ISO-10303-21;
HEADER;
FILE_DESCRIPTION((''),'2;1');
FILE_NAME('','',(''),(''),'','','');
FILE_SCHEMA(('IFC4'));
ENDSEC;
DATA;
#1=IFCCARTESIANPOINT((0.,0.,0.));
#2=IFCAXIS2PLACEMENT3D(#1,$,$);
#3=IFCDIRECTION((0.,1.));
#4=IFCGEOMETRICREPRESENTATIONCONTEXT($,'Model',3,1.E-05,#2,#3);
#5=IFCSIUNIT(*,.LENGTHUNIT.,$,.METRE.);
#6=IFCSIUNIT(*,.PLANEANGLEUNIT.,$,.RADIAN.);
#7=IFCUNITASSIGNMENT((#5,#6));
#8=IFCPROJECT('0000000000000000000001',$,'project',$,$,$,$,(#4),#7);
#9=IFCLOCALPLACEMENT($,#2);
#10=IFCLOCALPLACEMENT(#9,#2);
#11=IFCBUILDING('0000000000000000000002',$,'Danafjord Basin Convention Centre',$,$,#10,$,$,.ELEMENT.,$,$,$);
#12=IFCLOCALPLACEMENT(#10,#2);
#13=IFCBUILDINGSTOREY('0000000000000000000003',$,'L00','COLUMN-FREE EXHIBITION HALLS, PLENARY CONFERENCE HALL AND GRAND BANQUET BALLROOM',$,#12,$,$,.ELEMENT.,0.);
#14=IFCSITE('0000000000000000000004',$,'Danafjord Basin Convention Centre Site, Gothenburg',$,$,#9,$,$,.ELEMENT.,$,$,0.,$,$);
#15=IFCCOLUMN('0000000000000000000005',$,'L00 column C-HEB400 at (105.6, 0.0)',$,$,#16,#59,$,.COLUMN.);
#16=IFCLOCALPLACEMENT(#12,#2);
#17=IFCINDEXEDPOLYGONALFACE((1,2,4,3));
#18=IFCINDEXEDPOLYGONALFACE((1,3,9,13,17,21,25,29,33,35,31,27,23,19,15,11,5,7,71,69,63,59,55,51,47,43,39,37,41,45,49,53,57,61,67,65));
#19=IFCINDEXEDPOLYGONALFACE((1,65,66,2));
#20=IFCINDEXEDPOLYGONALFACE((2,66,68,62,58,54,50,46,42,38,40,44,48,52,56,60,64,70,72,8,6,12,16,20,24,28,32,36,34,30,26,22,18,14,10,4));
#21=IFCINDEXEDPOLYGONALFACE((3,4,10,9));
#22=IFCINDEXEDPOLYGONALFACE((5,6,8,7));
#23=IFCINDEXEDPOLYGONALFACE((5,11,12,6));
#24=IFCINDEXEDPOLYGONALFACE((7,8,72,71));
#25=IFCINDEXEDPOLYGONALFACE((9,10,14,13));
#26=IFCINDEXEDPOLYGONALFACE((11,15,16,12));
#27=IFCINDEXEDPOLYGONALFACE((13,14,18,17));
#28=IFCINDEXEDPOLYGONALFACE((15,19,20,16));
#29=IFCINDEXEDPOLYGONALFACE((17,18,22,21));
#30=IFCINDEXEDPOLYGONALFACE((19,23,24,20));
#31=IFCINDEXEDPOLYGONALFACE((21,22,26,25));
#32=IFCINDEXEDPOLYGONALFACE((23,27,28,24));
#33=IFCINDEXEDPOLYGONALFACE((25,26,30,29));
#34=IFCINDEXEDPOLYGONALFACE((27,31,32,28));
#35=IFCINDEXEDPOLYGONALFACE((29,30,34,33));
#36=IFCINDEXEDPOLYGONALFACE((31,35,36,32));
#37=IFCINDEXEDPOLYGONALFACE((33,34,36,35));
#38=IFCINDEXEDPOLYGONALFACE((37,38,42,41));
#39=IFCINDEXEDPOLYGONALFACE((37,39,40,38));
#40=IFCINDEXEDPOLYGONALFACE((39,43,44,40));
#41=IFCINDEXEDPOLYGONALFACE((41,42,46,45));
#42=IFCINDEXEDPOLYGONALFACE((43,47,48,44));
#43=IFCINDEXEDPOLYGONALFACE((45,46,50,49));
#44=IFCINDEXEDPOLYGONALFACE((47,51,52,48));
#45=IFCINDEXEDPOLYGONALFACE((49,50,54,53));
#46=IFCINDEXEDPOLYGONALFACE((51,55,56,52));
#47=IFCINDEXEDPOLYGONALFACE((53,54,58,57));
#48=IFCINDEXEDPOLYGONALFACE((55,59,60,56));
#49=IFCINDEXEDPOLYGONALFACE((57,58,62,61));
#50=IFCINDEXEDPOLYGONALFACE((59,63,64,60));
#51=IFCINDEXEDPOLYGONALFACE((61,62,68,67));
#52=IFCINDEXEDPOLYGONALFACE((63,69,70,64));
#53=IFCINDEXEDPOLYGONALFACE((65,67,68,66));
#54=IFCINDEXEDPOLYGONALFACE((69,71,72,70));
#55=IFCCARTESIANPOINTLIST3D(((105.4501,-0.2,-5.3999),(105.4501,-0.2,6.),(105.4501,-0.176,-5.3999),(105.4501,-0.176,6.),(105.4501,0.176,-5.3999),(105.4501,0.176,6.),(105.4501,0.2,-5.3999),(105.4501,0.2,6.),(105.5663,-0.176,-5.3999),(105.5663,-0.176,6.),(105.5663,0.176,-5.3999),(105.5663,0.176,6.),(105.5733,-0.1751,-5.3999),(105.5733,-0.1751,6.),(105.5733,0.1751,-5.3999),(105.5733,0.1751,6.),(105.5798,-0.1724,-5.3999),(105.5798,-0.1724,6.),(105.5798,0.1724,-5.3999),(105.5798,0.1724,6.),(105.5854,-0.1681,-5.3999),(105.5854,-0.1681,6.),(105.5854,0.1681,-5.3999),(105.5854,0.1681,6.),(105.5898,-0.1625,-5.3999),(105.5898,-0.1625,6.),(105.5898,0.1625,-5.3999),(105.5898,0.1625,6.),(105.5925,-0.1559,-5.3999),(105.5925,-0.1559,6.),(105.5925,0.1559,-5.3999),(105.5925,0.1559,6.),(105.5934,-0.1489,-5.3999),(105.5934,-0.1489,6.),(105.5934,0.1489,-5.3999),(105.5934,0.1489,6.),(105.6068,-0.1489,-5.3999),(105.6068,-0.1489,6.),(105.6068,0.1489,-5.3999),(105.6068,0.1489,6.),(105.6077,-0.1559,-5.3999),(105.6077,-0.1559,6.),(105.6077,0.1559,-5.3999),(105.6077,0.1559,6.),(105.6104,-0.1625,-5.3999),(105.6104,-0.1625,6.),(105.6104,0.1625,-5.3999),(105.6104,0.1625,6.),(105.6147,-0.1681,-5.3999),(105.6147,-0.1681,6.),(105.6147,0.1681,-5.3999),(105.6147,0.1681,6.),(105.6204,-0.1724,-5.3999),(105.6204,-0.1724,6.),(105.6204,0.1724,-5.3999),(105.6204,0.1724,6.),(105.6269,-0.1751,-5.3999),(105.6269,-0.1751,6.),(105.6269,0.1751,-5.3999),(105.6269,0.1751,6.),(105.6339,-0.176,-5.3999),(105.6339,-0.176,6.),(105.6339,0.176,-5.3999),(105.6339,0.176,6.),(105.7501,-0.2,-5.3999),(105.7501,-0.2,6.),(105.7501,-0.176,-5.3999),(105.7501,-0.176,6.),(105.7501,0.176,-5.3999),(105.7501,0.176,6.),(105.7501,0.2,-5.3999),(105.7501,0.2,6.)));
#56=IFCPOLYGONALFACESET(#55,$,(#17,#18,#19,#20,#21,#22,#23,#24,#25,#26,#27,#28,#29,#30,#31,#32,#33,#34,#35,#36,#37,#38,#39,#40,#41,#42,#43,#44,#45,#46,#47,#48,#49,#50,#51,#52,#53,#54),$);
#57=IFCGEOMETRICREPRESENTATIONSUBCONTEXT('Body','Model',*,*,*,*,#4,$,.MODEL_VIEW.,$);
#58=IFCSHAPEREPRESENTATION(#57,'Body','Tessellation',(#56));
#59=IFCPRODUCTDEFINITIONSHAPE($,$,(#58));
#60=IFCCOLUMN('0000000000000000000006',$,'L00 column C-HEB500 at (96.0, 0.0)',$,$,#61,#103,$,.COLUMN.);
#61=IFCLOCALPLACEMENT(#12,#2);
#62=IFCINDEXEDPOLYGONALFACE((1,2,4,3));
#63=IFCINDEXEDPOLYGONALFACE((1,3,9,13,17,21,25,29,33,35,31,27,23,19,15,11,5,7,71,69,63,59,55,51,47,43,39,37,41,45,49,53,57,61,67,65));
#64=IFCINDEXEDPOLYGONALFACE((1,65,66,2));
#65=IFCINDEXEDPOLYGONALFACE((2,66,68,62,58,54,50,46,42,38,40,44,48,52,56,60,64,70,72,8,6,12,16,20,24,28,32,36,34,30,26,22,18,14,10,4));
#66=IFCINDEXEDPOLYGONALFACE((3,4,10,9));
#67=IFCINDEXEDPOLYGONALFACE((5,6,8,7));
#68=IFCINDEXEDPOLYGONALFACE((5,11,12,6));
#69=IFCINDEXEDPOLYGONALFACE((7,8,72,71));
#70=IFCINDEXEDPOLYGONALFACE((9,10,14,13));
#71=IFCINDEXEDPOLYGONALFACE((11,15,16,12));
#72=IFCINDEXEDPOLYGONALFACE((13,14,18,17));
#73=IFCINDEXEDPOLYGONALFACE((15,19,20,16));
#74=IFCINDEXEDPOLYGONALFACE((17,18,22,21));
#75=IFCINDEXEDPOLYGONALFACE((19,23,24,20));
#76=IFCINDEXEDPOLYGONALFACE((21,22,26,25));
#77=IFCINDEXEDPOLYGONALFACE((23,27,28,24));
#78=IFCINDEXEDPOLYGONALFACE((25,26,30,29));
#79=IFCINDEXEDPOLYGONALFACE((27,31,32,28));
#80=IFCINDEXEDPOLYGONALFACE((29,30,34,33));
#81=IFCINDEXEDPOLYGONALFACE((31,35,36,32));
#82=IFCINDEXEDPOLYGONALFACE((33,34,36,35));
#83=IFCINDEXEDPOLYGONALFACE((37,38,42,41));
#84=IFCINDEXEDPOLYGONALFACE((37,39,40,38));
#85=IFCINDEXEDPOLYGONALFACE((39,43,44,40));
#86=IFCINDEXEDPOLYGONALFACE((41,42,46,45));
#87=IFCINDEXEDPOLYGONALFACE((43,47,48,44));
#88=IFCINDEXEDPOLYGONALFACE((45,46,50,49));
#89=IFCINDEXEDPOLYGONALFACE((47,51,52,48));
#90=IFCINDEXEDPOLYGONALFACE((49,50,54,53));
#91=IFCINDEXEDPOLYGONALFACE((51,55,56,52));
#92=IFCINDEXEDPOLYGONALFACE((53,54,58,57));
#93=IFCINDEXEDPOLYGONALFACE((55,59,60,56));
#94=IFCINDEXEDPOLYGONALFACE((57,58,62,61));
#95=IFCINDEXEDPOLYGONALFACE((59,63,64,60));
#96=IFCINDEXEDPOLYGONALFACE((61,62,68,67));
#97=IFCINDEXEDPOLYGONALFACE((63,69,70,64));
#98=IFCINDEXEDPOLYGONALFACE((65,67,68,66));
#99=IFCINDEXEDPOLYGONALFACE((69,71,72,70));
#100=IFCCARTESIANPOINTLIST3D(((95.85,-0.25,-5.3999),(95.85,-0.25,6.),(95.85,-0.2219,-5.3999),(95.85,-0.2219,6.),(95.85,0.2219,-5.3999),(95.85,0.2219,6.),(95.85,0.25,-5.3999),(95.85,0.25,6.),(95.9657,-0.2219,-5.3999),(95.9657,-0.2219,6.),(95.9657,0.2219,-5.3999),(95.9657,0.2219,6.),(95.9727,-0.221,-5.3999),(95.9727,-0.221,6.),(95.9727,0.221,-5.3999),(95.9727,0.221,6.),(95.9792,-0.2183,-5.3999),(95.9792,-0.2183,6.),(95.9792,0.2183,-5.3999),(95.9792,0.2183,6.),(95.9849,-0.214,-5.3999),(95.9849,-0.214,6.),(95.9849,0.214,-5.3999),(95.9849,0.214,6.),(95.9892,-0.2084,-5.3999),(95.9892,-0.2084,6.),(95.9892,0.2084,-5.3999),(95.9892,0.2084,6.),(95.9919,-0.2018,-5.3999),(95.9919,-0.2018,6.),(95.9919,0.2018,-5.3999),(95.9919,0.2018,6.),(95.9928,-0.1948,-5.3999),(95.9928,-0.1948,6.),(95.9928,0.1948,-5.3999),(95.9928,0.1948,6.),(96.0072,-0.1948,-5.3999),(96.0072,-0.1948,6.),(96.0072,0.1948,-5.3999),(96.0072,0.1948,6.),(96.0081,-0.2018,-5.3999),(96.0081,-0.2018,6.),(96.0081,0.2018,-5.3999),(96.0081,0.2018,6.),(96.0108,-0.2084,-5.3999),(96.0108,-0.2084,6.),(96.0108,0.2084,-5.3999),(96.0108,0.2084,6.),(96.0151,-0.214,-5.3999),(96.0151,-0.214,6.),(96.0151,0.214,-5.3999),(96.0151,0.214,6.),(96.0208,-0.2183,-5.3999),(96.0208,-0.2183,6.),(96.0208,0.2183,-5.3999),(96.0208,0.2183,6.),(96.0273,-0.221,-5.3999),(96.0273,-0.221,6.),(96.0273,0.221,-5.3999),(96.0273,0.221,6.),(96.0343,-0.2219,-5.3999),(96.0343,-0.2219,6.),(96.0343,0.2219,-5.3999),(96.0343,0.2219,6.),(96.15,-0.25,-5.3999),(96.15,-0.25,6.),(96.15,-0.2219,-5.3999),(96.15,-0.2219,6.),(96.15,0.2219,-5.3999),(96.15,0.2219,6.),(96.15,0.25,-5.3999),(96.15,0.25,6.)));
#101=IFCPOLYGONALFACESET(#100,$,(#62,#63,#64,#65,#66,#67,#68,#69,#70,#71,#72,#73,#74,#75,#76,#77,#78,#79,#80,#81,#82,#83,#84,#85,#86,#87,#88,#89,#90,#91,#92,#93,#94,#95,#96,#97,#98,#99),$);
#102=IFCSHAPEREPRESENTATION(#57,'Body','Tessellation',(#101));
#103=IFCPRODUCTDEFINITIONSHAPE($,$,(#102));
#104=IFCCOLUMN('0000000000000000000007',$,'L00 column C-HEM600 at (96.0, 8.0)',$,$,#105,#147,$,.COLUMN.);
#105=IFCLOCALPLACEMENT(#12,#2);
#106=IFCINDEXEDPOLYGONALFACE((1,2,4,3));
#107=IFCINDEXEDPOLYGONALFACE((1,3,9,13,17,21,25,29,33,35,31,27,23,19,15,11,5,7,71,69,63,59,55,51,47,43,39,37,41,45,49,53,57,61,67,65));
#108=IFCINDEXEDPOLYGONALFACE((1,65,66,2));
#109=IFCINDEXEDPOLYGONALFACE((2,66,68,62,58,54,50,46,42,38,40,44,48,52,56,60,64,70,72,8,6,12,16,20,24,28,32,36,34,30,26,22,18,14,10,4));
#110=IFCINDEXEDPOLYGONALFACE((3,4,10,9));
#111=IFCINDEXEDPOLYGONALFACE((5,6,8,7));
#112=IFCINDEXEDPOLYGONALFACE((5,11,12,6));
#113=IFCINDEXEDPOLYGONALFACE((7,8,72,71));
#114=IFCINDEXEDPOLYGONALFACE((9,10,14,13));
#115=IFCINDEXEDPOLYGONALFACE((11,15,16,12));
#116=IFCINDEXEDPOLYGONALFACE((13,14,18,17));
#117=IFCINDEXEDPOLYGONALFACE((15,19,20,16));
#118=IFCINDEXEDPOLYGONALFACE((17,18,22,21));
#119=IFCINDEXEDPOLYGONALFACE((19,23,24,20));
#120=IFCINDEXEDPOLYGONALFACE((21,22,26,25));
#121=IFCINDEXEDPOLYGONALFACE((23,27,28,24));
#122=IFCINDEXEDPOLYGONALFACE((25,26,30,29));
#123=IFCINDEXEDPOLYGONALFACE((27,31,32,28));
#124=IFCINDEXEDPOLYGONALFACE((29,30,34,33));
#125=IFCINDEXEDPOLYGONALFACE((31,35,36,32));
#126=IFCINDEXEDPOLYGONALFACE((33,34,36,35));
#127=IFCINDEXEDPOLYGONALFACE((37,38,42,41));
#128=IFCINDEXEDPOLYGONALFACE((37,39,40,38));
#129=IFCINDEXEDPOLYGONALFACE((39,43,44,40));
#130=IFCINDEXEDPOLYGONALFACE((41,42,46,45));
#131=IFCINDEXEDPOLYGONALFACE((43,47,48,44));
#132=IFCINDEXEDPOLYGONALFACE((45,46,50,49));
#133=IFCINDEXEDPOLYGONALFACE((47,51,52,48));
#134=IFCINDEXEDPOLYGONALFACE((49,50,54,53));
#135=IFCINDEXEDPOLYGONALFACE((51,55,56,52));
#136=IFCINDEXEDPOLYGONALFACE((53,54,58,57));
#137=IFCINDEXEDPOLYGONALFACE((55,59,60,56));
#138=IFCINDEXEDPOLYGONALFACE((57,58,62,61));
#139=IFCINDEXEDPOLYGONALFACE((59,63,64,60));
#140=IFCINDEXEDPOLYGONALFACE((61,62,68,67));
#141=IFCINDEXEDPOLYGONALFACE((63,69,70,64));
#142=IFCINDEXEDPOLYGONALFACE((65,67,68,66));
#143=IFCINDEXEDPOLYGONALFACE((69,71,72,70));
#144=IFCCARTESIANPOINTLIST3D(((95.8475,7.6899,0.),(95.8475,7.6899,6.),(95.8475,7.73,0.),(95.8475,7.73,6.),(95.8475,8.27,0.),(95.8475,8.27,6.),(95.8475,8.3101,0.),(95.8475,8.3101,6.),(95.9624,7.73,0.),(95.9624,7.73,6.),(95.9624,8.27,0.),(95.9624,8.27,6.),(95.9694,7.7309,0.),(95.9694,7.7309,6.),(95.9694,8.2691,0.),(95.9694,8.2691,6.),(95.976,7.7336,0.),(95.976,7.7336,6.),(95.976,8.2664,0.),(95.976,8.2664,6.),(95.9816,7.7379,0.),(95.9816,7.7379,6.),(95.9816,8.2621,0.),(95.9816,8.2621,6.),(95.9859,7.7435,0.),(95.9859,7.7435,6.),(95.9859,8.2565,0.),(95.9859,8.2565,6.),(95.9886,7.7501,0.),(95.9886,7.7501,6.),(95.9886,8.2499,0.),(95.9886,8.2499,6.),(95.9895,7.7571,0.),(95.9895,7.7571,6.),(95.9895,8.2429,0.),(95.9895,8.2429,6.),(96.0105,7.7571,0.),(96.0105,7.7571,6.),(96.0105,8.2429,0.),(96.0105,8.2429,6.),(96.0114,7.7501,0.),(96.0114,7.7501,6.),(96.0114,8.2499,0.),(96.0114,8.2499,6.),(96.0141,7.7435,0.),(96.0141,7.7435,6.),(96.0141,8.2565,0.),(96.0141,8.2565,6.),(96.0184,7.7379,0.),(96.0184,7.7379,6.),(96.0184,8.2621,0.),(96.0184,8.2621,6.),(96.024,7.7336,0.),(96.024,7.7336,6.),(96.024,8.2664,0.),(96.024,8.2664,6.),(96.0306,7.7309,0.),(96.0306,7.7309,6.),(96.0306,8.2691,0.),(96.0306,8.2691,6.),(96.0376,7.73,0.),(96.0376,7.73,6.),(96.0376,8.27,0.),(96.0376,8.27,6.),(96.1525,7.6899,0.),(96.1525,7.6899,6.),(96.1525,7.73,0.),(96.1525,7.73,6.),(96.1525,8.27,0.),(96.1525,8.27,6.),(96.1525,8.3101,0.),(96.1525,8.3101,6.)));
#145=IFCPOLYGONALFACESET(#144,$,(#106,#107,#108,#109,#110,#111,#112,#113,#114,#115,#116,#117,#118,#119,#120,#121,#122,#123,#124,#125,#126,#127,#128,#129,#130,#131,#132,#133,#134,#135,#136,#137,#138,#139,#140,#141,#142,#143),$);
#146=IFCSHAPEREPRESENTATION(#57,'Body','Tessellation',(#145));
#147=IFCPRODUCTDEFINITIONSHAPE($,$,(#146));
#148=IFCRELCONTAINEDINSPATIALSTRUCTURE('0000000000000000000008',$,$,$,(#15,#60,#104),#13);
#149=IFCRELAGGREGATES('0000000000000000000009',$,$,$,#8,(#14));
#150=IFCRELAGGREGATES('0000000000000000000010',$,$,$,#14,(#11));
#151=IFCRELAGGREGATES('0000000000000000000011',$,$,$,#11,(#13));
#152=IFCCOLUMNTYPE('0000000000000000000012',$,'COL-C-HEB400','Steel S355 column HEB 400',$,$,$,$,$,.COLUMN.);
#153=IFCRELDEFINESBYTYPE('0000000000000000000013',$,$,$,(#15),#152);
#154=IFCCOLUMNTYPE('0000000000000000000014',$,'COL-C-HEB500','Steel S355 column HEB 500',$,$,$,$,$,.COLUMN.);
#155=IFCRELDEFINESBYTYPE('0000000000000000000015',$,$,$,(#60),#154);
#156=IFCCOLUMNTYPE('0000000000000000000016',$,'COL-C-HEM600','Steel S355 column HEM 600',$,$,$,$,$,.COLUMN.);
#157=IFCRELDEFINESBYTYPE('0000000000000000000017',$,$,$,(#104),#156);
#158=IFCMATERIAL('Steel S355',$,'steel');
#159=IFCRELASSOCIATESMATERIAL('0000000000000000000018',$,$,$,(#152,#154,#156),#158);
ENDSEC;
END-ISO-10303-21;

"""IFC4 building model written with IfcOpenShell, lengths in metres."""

from ifc_helpers import new_model, si_unit, direction, frame, origin, origin_2d, place, context, subcontext, project, spatial, i_section, extrude, material, material_profile, profile_set, type_object, element, save


model = new_model("IFC4")

# Units and contexts
model_context = context("Model", 3, precision=1e-05, world=origin(), true_north=direction((0.0, 1.0)))
body_context = subcontext(model_context, "Body", "Model", "MODEL_VIEW")
ifc_project = project(units=[si_unit("LENGTHUNIT", "METRE"), si_unit("PLANEANGLEUNIT", "RADIAN")], contexts=[model_context])

# Site, building, storey
site_placement = place(None, origin())
site = spatial("IfcSite", under=ifc_project, at=site_placement, Name="Danafjord Basin Convention Centre Site, Gothenburg", CompositionType="ELEMENT", RefElevation=0.0)
building_placement = place(site_placement, origin())
building = spatial("IfcBuilding", under=site, at=building_placement, Name="Danafjord Basin Convention Centre", CompositionType="ELEMENT")
storey_placement = place(building_placement, origin())
storey = spatial("IfcBuildingStorey", under=building, at=storey_placement, Name="L00", Description="COLUMN-FREE EXHIBITION HALLS, PLENARY CONFERENCE HALL AND GRAND BANQUET BALLROOM", CompositionType="ELEMENT", Elevation=0.0)

# Columns
ifc_material_1 = material(Name="Steel S355", Category="steel")
ifc_material_profile_1 = material_profile(ifc_material_1, i_section(OverallWidth=0.3, OverallDepth=0.3999, WebThickness=0.0134, FlangeThickness=0.0239, FilletRadius=0.0271, at=origin_2d()), Name="HEB 400")
ifc_profile_set_1 = profile_set([ifc_material_profile_1], Name="Steel S355")
column_type_1 = type_object("IfcColumnType", Name="COL-C-HEB400", Description="Steel S355 column HEB 400", PredefinedType="COLUMN", material=ifc_profile_set_1)
column_1_placement = place(storey_placement, frame((105.6001, 0.0, -5.3999), z_axis=(0.0, 0.0, 1.0), x_axis=(1.0, 0.0, 0.0)))
element("IfcColumn", 1, at=column_1_placement, inside=storey, type_object=column_type_1, Name="L00 column C-HEB400 at (105.6, 0.0)", PredefinedType="COLUMN", context=body_context, shape_type="SweptSolid", body=[
    extrude(i_section(OverallWidth=0.3, OverallDepth=0.3999, WebThickness=0.0134, FlangeThickness=0.0239, FilletRadius=0.0271, at=origin_2d()), origin(), (0.0, 0.0, 1.0), 11.3999),
])
ifc_material_profile_2 = material_profile(ifc_material_1, i_section(OverallWidth=0.3, OverallDepth=0.5, WebThickness=0.0144, FlangeThickness=0.0281, FilletRadius=0.0271, at=origin_2d()), Name="HEB 500")
ifc_profile_set_2 = profile_set([ifc_material_profile_2], Name="Steel S355")
column_type_2 = type_object("IfcColumnType", Name="COL-C-HEB500", Description="Steel S355 column HEB 500", PredefinedType="COLUMN", material=ifc_profile_set_2)
column_2_placement = place(storey_placement, frame((96.0, 0.0, -5.3999), z_axis=(0.0, 0.0, 1.0), x_axis=(1.0, 0.0, 0.0)))
element("IfcColumn", 2, at=column_2_placement, inside=storey, type_object=column_type_2, Name="L00 column C-HEB500 at (96.0, 0.0)", PredefinedType="COLUMN", context=body_context, shape_type="SweptSolid", body=[
    extrude(i_section(OverallWidth=0.3, OverallDepth=0.5, WebThickness=0.0144, FlangeThickness=0.0281, FilletRadius=0.0271, at=origin_2d()), origin(), (0.0, 0.0, 1.0), 11.3999),
])
ifc_material_profile_3 = material_profile(ifc_material_1, i_section(OverallWidth=0.3049, OverallDepth=0.6201, WebThickness=0.021, FlangeThickness=0.04, FilletRadius=0.0271, at=origin_2d()), Name="HEM 600")
ifc_profile_set_3 = profile_set([ifc_material_profile_3], Name="Steel S355")
column_type_3 = type_object("IfcColumnType", Name="COL-C-HEM600", Description="Steel S355 column HEM 600", PredefinedType="COLUMN", material=ifc_profile_set_3)
column_3_placement = place(storey_placement, frame((96.0, 8.0, 0.0), z_axis=(0.0, 0.0, 1.0), x_axis=(1.0, 0.0, 0.0)))
element("IfcColumn", 3, at=column_3_placement, inside=storey, type_object=column_type_3, Name="L00 column C-HEM600 at (96.0, 8.0)", PredefinedType="COLUMN", context=body_context, shape_type="SweptSolid", body=[
    extrude(i_section(OverallWidth=0.3049, OverallDepth=0.6201, WebThickness=0.021, FlangeThickness=0.04, FilletRadius=0.0271, at=origin_2d()), origin(), (0.0, 0.0, 1.0), 6.0),
])

save(model, "model.ifc")
